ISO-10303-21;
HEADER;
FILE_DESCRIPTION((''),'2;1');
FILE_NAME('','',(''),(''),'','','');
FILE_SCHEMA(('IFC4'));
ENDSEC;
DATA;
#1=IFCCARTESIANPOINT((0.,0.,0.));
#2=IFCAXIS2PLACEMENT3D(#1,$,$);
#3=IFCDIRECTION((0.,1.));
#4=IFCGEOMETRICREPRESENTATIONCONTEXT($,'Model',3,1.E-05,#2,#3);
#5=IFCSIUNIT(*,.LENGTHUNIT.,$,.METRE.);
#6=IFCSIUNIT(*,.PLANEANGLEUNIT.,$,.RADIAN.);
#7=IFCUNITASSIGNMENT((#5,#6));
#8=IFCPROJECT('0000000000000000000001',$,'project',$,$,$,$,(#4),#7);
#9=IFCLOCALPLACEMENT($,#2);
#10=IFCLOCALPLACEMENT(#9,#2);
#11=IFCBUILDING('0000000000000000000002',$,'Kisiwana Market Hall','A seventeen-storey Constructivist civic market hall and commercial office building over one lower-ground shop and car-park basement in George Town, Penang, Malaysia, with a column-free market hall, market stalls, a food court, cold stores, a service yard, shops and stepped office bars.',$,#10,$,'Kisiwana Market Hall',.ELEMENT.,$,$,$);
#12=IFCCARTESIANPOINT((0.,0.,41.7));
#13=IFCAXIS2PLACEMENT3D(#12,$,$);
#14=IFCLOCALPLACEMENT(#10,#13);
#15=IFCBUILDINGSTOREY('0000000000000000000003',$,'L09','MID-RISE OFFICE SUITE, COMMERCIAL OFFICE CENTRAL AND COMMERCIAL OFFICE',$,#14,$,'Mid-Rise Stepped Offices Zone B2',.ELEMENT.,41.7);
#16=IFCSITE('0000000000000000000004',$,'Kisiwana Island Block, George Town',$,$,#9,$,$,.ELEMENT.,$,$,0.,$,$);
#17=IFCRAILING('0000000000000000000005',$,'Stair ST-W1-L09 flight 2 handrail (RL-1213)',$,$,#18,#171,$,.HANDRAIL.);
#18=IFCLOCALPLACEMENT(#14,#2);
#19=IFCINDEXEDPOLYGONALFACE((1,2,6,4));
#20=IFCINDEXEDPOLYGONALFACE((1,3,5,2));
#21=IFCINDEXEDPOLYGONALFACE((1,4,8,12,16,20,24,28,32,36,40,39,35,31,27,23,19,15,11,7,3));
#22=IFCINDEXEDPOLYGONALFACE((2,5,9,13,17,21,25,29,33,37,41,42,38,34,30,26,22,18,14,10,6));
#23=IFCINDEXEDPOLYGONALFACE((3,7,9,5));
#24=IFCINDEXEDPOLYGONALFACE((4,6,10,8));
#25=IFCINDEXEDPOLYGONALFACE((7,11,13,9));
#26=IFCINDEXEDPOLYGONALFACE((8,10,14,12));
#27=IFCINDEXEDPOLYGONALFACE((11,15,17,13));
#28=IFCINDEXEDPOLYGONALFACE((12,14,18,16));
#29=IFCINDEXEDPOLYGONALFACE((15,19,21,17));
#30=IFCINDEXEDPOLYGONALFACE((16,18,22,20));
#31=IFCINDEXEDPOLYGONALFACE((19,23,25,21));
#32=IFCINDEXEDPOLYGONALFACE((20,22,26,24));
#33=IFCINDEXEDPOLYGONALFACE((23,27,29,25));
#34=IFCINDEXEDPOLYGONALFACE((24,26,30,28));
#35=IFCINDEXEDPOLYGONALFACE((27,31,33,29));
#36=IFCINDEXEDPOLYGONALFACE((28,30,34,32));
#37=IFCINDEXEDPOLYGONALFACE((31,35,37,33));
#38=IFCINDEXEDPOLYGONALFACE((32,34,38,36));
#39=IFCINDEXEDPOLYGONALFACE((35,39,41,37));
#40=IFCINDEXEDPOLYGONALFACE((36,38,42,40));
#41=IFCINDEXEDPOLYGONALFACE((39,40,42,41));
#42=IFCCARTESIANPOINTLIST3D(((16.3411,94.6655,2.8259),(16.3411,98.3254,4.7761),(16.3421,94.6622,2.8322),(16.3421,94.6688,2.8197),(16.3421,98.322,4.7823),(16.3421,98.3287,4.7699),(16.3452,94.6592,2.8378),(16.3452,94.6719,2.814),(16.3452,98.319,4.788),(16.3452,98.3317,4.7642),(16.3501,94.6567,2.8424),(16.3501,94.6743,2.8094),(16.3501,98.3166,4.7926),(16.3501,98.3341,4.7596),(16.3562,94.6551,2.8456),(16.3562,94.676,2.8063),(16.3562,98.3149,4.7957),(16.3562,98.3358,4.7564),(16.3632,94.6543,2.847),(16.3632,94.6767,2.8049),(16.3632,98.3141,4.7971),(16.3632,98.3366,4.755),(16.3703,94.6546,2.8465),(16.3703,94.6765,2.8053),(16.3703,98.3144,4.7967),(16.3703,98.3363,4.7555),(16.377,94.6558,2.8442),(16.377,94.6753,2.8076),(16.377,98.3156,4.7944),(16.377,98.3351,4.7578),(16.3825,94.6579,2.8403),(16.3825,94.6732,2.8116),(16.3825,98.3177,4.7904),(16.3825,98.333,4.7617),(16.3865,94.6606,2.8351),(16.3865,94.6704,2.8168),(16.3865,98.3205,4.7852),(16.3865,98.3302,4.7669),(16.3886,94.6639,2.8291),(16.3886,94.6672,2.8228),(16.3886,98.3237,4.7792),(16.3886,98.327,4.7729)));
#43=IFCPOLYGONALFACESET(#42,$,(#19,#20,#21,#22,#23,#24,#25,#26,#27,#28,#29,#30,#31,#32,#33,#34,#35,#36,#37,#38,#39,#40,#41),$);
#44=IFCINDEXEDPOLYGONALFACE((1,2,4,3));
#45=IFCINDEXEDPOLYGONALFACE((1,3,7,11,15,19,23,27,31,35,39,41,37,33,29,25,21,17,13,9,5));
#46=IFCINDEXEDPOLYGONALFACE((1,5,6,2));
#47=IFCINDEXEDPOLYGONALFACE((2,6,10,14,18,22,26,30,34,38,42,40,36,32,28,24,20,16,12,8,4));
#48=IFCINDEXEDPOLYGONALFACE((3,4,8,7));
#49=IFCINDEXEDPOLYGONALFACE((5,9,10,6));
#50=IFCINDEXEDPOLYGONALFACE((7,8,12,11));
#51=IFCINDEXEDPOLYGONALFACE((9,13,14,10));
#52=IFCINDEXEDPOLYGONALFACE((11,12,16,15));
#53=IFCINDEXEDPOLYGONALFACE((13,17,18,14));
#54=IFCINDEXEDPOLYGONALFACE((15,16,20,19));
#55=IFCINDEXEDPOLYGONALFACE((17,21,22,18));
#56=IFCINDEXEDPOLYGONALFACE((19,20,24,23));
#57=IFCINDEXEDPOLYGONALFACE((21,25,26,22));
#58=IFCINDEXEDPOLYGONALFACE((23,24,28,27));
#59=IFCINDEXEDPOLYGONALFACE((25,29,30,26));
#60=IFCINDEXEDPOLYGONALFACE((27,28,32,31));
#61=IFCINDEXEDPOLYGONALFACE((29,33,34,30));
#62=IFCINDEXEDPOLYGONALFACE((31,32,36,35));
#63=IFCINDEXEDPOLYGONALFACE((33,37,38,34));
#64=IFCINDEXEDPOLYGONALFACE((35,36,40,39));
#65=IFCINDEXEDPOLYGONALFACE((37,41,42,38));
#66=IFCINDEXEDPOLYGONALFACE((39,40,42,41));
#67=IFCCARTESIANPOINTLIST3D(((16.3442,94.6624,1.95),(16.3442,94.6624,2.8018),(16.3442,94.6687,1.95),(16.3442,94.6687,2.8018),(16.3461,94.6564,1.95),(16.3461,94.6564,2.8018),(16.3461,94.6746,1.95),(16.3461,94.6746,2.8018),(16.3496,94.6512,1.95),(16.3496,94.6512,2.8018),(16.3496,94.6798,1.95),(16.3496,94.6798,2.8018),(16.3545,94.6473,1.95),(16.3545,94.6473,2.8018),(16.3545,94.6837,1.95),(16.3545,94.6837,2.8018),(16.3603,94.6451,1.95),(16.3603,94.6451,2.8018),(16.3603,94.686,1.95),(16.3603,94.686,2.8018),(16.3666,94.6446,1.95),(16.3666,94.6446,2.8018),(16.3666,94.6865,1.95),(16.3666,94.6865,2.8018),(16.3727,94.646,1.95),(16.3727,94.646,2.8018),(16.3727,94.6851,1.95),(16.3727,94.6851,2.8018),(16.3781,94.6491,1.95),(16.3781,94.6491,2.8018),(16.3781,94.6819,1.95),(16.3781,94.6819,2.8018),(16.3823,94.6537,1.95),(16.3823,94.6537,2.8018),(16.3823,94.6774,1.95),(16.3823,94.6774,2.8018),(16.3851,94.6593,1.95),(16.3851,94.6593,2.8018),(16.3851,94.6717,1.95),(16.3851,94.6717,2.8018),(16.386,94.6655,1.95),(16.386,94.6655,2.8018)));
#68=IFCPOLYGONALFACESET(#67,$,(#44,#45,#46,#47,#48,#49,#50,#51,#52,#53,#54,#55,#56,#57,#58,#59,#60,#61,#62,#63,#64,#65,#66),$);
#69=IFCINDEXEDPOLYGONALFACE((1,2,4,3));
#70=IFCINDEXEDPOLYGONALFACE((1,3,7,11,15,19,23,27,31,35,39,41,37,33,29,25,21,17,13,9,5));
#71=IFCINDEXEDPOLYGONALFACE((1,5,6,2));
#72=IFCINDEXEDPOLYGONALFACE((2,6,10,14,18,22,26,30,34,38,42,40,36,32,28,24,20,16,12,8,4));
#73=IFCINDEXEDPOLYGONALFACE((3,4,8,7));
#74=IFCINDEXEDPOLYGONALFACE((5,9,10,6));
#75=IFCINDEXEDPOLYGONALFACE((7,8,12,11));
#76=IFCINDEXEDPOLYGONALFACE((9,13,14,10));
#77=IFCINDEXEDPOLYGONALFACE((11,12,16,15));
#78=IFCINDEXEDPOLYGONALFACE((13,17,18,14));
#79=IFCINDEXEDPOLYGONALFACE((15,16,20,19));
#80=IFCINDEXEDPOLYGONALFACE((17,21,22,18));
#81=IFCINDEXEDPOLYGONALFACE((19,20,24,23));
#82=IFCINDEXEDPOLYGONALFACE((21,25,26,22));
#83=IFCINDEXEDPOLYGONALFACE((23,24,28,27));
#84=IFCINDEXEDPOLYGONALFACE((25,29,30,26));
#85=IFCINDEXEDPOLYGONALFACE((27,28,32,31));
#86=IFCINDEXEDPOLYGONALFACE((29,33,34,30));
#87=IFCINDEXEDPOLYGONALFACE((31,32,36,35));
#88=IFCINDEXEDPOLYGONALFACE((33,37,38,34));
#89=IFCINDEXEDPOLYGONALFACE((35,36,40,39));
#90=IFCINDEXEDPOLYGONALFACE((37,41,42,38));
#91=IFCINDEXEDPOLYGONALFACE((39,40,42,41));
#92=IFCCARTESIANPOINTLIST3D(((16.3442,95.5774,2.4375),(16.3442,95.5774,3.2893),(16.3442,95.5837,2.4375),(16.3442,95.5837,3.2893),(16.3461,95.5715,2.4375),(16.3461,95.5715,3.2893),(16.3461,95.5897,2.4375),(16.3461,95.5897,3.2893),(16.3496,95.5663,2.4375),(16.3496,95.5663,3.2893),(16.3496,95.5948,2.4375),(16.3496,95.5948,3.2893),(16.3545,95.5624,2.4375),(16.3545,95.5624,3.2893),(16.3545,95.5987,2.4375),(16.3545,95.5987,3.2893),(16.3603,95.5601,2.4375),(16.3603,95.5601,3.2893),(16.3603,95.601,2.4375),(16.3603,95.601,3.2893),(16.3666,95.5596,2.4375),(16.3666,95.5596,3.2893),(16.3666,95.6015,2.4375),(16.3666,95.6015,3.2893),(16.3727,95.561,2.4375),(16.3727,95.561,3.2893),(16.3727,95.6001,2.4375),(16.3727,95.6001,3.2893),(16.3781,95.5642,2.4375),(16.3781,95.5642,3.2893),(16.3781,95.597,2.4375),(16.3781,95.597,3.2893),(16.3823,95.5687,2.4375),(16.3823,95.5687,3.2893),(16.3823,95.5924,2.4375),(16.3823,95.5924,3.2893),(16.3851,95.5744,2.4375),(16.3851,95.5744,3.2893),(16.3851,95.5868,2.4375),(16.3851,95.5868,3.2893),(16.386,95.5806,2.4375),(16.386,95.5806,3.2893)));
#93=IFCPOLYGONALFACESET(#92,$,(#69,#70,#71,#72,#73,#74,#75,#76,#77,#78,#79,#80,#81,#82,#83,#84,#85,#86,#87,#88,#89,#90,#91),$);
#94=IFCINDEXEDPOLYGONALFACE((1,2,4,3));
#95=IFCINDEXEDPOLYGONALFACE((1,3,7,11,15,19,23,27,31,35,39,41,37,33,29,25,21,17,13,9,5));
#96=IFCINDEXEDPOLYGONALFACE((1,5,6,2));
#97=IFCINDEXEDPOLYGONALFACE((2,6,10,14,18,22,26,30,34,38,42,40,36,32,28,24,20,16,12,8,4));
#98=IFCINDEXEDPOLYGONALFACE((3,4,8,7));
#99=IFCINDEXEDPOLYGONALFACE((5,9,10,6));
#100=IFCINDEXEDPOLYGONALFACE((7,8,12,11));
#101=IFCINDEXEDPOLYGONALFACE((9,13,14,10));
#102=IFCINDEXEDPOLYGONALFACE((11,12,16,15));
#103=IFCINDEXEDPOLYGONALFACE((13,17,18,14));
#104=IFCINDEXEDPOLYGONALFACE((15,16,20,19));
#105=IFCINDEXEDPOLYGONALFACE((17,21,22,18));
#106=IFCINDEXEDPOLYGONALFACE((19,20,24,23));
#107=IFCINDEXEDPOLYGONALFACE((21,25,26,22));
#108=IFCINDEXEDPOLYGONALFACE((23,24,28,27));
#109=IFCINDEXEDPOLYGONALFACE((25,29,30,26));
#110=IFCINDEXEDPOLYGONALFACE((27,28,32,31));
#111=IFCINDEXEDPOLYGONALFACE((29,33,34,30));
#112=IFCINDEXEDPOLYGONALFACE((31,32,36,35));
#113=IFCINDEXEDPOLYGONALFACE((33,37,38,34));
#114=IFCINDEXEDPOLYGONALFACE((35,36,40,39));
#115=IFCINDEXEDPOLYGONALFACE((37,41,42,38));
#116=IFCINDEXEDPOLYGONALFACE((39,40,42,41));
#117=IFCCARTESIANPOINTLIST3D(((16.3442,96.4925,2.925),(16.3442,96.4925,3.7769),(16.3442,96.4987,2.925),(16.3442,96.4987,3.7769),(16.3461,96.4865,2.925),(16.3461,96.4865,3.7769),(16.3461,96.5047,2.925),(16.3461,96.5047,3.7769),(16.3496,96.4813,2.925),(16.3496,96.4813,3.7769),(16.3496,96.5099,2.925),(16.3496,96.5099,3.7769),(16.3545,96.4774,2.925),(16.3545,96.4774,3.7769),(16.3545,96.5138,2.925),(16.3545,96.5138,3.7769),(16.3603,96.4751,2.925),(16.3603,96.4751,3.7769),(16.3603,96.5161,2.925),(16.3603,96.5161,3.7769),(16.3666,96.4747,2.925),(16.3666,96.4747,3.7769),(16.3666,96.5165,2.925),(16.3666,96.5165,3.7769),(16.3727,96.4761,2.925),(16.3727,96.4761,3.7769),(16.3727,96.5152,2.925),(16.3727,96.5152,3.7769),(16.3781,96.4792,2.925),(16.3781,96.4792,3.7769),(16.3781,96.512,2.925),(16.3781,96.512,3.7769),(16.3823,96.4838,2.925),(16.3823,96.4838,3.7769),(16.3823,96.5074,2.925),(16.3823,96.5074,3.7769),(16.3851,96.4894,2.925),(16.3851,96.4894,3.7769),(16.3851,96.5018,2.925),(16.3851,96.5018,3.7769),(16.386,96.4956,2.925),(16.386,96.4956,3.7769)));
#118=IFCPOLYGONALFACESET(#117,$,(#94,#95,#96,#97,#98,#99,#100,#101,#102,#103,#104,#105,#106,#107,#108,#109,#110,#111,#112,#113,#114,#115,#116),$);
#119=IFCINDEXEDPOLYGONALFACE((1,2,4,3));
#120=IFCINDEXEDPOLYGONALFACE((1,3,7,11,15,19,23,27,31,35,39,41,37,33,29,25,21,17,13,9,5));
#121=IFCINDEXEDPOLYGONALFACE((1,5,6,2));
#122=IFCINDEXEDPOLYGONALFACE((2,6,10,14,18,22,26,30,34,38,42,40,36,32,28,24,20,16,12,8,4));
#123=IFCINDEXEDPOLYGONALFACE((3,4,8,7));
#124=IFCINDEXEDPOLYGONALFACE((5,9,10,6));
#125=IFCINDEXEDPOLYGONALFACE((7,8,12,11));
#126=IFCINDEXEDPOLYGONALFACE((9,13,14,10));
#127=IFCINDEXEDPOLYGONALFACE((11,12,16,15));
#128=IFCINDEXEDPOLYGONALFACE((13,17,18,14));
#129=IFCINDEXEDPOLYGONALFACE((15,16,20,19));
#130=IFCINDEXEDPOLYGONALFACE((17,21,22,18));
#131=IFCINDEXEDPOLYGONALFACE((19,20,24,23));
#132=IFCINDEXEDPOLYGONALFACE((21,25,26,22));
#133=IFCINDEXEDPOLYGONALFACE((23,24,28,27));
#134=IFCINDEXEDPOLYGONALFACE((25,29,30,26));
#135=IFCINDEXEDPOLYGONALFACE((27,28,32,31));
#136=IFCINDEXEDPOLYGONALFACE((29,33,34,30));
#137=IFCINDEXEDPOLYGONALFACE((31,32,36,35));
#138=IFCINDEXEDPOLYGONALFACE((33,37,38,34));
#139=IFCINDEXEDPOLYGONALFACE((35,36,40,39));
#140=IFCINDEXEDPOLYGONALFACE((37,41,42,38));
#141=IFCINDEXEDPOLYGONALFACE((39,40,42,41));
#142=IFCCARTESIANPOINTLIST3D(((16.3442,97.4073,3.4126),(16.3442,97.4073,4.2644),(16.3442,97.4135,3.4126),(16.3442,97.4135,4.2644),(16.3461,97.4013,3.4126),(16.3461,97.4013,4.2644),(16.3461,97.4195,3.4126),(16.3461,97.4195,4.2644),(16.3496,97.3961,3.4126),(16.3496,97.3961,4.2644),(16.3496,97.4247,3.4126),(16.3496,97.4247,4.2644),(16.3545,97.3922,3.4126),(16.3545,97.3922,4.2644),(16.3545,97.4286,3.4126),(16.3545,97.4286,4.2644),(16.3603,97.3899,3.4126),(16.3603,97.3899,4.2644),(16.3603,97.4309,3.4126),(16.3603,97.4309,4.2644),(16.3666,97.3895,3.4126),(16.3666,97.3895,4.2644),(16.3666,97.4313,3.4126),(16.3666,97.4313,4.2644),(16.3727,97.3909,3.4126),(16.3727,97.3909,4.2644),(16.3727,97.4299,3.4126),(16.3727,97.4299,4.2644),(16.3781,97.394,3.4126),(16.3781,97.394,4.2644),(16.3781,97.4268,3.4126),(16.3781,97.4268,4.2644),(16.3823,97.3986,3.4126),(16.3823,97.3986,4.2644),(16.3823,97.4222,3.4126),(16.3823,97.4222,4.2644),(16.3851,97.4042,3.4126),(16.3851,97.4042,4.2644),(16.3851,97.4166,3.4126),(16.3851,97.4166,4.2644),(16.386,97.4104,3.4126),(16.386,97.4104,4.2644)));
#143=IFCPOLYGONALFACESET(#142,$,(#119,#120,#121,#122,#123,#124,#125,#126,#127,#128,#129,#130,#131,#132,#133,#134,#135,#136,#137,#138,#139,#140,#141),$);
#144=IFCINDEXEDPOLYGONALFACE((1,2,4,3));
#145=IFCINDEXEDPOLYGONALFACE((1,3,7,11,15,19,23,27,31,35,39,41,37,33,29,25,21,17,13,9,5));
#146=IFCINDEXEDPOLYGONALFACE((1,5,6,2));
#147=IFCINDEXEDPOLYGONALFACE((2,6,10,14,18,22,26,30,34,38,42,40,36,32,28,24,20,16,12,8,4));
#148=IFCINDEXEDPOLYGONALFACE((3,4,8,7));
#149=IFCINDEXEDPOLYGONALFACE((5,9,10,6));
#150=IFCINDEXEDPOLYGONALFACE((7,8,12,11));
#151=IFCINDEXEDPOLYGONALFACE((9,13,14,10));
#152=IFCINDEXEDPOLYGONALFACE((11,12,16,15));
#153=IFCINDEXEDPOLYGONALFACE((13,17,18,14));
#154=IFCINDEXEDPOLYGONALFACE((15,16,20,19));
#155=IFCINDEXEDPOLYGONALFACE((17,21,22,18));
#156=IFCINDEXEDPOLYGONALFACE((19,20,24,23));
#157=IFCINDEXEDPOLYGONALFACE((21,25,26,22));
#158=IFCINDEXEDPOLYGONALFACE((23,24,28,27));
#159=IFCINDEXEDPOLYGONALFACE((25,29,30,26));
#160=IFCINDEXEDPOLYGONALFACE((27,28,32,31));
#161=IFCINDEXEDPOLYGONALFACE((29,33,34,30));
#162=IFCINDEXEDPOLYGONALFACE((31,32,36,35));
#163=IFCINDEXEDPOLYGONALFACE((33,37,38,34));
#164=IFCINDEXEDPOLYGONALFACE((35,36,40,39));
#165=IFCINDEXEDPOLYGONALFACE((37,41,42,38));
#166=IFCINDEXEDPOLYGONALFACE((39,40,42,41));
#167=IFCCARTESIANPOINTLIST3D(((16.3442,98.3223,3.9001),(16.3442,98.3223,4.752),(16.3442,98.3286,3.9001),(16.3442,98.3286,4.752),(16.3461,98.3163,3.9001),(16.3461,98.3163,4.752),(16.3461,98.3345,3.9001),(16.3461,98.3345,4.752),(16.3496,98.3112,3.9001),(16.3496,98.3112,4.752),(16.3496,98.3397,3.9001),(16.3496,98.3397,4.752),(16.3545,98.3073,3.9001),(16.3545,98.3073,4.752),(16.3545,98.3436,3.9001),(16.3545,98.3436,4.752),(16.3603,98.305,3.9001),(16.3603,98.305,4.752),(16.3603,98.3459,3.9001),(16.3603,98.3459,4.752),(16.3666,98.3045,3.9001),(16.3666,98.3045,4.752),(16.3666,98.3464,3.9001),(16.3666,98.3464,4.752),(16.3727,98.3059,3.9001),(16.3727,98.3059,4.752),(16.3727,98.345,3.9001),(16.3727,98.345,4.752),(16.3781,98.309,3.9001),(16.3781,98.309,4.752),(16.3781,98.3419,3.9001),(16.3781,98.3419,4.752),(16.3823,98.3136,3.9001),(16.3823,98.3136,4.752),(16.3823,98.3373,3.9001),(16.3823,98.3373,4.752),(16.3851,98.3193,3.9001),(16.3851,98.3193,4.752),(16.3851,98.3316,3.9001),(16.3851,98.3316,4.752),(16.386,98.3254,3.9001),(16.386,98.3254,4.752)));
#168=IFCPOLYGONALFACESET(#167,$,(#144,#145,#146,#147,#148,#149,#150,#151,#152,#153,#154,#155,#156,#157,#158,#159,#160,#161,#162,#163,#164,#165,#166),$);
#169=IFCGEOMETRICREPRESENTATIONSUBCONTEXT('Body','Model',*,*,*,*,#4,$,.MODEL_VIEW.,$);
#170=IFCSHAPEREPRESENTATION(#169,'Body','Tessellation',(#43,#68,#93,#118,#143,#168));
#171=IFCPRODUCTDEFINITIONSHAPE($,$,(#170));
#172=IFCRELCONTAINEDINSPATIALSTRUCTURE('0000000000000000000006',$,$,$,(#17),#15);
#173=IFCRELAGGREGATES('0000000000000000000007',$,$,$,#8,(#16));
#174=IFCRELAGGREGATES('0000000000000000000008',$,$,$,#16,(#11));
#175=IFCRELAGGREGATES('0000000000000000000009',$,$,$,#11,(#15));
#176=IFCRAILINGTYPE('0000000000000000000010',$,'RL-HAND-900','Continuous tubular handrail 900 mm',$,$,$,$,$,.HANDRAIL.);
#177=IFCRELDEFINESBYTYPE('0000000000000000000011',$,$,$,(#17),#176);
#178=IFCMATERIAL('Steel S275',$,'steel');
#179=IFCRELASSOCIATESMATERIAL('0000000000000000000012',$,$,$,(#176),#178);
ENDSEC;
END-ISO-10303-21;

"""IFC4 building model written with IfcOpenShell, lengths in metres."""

from ifc_helpers import new_model, si_unit, direction, frame, origin, origin_2d, place, context, subcontext, project, spatial, circle, extrude, material, type_object, element, save


model = new_model("IFC4")

# Units and contexts
model_context = context("Model", 3, precision=1e-05, world=origin(), true_north=direction((0.0, 1.0)))
body_context = subcontext(model_context, "Body", "Model", "MODEL_VIEW")
ifc_project = project(units=[si_unit("LENGTHUNIT", "METRE"), si_unit("PLANEANGLEUNIT", "RADIAN")], contexts=[model_context])

# Site, building, storey
site_placement = place(None, origin())
site = spatial("IfcSite", under=ifc_project, at=site_placement, Name="Kisiwana Island Block, George Town", CompositionType="ELEMENT", RefElevation=0.0)
building_placement = place(site_placement, origin())
building = spatial("IfcBuilding", under=site, at=building_placement, Name="Kisiwana Market Hall", Description="A seventeen-storey Constructivist civic market hall and commercial office building over one lower-ground shop and car-park basement in George Town, Penang, Malaysia, with a column-free market hall, market stalls, a food court, cold stores, a service yard, shops and stepped office bars.", LongName="Kisiwana Market Hall", CompositionType="ELEMENT")
storey_placement = place(building_placement, frame((0.0, 0.0, 41.7)))
storey = spatial("IfcBuildingStorey", under=building, at=storey_placement, Name="L09", Description="MID-RISE OFFICE SUITE, COMMERCIAL OFFICE CENTRAL AND COMMERCIAL OFFICE", LongName="Mid-Rise Stepped Offices Zone B2", CompositionType="ELEMENT", Elevation=41.7)

# Railing
ifc_material_1 = material(Name="Steel S275", Category="steel")
railing_type_1 = type_object("IfcRailingType", Name="RL-HAND-900", Description="Continuous tubular handrail 900 mm", PredefinedType="HANDRAIL", material=ifc_material_1)
railing_1_placement = place(storey_placement, frame((16.365, 94.6655, 1.95)))
element("IfcRailing", 1, at=railing_1_placement, inside=storey, type_object=railing_type_1, Name="Stair ST-W1-L09 flight 2 handrail (RL-1213)", PredefinedType="HANDRAIL", context=body_context, shape_type="SweptSolid", body=[
    extrude(circle(Radius=0.0239, at=origin_2d()), frame((0.0, 0.0, 0.876), z_axis=(0.0, 0.882529, 0.470258), x_axis=(-1.0, 0.0, 0.0)), (0.0, 0.0, 1.0), 4.147),
    extrude(circle(Radius=0.021, at=origin_2d()), origin(), (0.0, 0.0, 1.0), 0.8518),
    extrude(circle(Radius=0.021, at=origin_2d()), frame((0.0, 0.915, 0.4875)), (0.0, 0.0, 1.0), 0.8518),
    extrude(circle(Radius=0.021, at=origin_2d()), frame((0.0, 1.8301, 0.9751)), (0.0, 0.0, 1.0), 0.8518),
    extrude(circle(Radius=0.021, at=origin_2d()), frame((0.0, 2.7449, 1.4626)), (0.0, 0.0, 1.0), 0.8518),
    extrude(circle(Radius=0.021, at=origin_2d()), frame((0.0, 3.6599, 1.9502)), (0.0, 0.0, 1.0), 0.8518),
])

save(model, "model.ifc")
